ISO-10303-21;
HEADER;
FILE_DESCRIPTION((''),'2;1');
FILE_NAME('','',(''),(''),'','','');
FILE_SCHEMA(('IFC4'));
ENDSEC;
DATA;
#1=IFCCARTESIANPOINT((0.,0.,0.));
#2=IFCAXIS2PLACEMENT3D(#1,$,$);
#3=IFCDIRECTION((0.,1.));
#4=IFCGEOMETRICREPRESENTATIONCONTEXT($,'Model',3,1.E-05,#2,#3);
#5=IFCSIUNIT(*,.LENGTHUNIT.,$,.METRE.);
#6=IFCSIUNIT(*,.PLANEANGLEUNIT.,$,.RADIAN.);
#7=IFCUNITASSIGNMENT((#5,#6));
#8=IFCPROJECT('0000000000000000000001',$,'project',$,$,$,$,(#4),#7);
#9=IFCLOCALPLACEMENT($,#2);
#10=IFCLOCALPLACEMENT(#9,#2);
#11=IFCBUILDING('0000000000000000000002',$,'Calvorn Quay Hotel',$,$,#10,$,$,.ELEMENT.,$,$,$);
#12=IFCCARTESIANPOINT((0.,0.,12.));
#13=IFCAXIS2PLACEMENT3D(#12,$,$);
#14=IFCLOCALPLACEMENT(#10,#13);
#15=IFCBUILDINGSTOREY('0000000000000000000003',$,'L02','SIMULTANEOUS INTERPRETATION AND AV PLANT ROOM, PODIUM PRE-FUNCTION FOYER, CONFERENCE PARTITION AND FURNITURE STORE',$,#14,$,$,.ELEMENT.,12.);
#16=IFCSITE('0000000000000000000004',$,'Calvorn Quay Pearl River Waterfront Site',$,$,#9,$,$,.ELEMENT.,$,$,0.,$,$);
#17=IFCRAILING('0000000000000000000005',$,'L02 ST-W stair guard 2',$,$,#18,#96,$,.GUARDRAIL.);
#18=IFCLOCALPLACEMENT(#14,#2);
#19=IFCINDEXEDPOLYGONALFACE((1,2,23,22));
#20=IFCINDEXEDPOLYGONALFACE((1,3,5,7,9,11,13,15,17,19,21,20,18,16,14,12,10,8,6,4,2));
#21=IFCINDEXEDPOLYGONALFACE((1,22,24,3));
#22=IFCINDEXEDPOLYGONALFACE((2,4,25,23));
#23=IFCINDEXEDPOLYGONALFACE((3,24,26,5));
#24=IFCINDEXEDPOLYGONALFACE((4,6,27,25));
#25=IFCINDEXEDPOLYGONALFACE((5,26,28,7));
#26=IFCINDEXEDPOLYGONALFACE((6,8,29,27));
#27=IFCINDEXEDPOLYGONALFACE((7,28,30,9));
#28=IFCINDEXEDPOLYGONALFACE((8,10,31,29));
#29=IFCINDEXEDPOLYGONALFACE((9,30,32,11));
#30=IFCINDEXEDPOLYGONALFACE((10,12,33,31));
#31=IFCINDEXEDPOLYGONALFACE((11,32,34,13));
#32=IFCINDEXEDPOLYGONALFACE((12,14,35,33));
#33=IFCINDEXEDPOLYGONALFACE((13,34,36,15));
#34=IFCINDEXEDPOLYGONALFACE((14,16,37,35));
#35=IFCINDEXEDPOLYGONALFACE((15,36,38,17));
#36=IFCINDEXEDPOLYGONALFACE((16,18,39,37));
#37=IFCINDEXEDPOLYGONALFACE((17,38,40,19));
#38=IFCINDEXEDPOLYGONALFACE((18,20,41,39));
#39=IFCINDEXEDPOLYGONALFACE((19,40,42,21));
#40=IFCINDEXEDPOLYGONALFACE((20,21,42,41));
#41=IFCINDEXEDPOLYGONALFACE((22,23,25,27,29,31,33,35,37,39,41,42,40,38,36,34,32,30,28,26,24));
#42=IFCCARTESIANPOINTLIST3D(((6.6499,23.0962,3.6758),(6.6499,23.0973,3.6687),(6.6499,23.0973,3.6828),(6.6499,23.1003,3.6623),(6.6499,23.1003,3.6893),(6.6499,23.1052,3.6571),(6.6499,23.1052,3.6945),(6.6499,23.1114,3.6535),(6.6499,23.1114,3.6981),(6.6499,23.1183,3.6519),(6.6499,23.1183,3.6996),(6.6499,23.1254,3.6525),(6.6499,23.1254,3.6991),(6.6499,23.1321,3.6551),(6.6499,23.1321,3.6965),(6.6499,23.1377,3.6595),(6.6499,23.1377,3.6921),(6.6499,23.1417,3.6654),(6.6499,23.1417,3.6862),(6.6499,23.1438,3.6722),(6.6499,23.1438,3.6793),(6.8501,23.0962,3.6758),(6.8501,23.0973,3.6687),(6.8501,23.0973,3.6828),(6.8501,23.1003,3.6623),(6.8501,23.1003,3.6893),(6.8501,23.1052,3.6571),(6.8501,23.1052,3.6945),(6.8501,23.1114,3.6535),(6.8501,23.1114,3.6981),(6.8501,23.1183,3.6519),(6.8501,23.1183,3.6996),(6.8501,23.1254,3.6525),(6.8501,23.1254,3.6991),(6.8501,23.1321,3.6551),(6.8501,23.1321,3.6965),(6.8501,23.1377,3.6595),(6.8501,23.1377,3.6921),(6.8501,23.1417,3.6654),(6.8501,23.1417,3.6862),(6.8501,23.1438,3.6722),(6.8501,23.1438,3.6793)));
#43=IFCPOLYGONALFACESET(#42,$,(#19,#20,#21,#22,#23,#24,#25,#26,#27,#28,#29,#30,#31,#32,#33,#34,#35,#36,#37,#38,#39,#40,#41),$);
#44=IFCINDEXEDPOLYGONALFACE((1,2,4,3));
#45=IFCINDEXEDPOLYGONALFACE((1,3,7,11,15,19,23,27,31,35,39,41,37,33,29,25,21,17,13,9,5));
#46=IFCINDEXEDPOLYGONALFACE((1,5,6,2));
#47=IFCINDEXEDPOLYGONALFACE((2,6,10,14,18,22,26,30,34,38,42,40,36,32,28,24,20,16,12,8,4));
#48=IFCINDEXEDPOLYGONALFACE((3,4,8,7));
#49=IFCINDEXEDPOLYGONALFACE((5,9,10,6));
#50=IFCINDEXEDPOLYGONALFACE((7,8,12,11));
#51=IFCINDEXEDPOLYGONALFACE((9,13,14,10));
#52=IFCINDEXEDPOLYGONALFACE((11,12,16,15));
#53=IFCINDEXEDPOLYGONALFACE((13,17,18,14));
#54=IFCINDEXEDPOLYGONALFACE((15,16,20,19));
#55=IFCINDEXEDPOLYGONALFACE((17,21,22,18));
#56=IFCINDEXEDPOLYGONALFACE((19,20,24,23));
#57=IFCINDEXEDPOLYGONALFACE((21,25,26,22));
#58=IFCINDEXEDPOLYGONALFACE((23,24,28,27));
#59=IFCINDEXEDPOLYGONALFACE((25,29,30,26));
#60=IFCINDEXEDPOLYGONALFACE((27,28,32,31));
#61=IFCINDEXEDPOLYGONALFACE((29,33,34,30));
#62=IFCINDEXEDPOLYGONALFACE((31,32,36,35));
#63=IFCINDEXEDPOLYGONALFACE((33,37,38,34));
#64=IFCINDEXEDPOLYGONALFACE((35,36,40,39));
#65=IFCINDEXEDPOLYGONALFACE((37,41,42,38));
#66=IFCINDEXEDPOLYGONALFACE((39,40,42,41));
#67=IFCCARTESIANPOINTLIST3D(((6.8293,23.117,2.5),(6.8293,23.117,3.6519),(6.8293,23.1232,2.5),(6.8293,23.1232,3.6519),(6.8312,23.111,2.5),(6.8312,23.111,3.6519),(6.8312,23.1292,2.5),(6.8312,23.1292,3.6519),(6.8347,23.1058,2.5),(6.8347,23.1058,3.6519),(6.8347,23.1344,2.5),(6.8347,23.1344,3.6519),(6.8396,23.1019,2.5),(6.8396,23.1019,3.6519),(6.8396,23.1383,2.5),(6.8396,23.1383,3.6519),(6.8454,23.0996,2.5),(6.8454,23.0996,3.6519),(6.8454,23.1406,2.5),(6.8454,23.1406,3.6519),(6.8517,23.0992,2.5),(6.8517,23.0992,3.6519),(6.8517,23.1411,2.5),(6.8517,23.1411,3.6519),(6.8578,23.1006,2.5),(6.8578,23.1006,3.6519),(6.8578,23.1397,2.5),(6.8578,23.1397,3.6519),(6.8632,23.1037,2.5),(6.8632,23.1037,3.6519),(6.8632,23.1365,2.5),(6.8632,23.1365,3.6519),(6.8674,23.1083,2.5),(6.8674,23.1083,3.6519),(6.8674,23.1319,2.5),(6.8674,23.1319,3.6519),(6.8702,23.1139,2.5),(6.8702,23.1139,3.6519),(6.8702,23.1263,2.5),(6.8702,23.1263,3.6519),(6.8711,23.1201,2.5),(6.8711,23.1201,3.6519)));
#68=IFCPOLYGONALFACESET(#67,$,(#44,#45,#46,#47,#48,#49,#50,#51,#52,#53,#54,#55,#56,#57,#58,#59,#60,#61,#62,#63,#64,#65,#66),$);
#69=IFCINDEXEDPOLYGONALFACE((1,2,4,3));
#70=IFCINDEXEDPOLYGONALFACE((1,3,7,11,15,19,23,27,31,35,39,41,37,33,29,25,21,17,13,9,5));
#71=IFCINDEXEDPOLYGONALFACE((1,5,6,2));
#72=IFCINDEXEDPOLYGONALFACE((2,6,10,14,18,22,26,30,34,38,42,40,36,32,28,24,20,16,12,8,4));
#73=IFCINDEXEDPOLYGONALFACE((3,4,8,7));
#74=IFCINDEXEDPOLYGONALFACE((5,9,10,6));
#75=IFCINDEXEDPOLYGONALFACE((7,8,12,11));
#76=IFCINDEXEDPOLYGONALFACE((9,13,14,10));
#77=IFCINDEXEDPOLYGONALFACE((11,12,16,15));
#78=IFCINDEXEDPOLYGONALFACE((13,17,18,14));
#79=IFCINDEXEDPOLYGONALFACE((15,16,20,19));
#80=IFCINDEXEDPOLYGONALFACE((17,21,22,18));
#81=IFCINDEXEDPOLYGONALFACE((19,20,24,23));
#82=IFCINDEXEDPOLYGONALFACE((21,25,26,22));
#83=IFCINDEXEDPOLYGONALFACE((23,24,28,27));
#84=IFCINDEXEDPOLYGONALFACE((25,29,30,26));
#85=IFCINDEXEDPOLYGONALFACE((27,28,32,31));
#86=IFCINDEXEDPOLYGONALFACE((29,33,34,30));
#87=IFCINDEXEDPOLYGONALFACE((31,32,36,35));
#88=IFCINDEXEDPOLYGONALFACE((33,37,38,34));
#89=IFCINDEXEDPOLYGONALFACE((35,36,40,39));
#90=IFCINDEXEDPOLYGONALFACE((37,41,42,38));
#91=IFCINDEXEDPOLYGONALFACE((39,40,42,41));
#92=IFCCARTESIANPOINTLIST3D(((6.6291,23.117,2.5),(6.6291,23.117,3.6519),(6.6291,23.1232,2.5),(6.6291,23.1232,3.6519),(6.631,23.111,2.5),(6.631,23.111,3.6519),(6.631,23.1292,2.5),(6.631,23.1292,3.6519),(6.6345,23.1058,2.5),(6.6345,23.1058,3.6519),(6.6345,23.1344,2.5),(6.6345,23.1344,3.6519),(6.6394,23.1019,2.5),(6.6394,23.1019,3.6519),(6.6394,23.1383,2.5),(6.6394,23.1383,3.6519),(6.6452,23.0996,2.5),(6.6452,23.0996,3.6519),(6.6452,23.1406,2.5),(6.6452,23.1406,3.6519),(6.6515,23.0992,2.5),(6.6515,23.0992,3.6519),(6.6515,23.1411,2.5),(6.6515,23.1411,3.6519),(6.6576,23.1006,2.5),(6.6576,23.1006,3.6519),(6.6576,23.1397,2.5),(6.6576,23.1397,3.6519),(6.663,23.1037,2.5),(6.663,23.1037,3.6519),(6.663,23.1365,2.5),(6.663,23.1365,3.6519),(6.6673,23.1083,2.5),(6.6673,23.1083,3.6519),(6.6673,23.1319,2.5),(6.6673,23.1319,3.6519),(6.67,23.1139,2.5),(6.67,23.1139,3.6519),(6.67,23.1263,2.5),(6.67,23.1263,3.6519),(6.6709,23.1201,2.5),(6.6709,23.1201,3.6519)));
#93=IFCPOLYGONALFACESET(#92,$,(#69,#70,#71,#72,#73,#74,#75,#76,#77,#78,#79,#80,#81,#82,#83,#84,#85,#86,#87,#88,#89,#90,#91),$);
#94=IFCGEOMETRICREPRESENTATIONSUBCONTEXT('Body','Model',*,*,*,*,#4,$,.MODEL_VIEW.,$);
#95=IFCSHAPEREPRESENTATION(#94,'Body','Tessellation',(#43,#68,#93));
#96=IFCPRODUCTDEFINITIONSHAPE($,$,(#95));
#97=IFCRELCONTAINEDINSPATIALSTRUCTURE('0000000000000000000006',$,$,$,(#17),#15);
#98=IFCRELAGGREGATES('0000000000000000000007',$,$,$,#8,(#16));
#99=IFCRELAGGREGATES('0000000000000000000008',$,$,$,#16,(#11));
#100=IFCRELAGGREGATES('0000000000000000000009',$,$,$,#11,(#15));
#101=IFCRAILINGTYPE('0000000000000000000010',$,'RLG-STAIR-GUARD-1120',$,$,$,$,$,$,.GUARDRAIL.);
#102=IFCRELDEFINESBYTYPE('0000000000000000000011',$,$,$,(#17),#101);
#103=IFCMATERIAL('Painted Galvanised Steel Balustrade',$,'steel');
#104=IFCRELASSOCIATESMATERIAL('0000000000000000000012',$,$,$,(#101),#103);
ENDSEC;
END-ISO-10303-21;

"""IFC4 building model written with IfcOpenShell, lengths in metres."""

from ifc_helpers import new_model, si_unit, direction, frame, origin, origin_2d, place, context, subcontext, project, spatial, circle, extrude, material, type_object, element, save


model = new_model("IFC4")

# Units and contexts
model_context = context("Model", 3, precision=1e-05, world=origin(), true_north=direction((0.0, 1.0)))
body_context = subcontext(model_context, "Body", "Model", "MODEL_VIEW")
ifc_project = project(units=[si_unit("LENGTHUNIT", "METRE"), si_unit("PLANEANGLEUNIT", "RADIAN")], contexts=[model_context])

# Site, building, storey
site_placement = place(None, origin())
site = spatial("IfcSite", under=ifc_project, at=site_placement, Name="Calvorn Quay Pearl River Waterfront Site", CompositionType="ELEMENT", RefElevation=0.0)
building_placement = place(site_placement, origin())
building = spatial("IfcBuilding", under=site, at=building_placement, Name="Calvorn Quay Hotel", CompositionType="ELEMENT")
storey_placement = place(building_placement, frame((0.0, 0.0, 12.0)))
storey = spatial("IfcBuildingStorey", under=building, at=storey_placement, Name="L02", Description="SIMULTANEOUS INTERPRETATION AND AV PLANT ROOM, PODIUM PRE-FUNCTION FOYER, CONFERENCE PARTITION AND FURNITURE STORE", CompositionType="ELEMENT", Elevation=12.0)

# Railing
ifc_material_1 = material(Name="Painted Galvanised Steel Balustrade", Category="steel")
railing_type_1 = type_object("IfcRailingType", Name="RLG-STAIR-GUARD-1120", PredefinedType="GUARDRAIL", material=ifc_material_1)
railing_1_placement = place(storey_placement, frame((6.8501, 23.1201, 2.5)))
element("IfcRailing", 1, at=railing_1_placement, inside=storey, type_object=railing_type_1, Name="L02 ST-W stair guard 2", PredefinedType="GUARDRAIL", context=body_context, shape_type="SweptSolid", body=[
    extrude(circle(Radius=0.0239, at=origin_2d()), frame((0.0, 0.0, 1.1758), z_axis=(-1.0, 0.0, 0.0), x_axis=(0.0, -1.0, 0.0)), (0.0, 0.0, 1.0), 0.2002),
    extrude(circle(Radius=0.021, at=origin_2d()), origin(), (0.0, 0.0, 1.0), 1.1519),
    extrude(circle(Radius=0.021, at=origin_2d()), frame((-0.2002, 0.0, 0.0)), (0.0, 0.0, 1.0), 1.1519),
])

save(model, "model.ifc")
